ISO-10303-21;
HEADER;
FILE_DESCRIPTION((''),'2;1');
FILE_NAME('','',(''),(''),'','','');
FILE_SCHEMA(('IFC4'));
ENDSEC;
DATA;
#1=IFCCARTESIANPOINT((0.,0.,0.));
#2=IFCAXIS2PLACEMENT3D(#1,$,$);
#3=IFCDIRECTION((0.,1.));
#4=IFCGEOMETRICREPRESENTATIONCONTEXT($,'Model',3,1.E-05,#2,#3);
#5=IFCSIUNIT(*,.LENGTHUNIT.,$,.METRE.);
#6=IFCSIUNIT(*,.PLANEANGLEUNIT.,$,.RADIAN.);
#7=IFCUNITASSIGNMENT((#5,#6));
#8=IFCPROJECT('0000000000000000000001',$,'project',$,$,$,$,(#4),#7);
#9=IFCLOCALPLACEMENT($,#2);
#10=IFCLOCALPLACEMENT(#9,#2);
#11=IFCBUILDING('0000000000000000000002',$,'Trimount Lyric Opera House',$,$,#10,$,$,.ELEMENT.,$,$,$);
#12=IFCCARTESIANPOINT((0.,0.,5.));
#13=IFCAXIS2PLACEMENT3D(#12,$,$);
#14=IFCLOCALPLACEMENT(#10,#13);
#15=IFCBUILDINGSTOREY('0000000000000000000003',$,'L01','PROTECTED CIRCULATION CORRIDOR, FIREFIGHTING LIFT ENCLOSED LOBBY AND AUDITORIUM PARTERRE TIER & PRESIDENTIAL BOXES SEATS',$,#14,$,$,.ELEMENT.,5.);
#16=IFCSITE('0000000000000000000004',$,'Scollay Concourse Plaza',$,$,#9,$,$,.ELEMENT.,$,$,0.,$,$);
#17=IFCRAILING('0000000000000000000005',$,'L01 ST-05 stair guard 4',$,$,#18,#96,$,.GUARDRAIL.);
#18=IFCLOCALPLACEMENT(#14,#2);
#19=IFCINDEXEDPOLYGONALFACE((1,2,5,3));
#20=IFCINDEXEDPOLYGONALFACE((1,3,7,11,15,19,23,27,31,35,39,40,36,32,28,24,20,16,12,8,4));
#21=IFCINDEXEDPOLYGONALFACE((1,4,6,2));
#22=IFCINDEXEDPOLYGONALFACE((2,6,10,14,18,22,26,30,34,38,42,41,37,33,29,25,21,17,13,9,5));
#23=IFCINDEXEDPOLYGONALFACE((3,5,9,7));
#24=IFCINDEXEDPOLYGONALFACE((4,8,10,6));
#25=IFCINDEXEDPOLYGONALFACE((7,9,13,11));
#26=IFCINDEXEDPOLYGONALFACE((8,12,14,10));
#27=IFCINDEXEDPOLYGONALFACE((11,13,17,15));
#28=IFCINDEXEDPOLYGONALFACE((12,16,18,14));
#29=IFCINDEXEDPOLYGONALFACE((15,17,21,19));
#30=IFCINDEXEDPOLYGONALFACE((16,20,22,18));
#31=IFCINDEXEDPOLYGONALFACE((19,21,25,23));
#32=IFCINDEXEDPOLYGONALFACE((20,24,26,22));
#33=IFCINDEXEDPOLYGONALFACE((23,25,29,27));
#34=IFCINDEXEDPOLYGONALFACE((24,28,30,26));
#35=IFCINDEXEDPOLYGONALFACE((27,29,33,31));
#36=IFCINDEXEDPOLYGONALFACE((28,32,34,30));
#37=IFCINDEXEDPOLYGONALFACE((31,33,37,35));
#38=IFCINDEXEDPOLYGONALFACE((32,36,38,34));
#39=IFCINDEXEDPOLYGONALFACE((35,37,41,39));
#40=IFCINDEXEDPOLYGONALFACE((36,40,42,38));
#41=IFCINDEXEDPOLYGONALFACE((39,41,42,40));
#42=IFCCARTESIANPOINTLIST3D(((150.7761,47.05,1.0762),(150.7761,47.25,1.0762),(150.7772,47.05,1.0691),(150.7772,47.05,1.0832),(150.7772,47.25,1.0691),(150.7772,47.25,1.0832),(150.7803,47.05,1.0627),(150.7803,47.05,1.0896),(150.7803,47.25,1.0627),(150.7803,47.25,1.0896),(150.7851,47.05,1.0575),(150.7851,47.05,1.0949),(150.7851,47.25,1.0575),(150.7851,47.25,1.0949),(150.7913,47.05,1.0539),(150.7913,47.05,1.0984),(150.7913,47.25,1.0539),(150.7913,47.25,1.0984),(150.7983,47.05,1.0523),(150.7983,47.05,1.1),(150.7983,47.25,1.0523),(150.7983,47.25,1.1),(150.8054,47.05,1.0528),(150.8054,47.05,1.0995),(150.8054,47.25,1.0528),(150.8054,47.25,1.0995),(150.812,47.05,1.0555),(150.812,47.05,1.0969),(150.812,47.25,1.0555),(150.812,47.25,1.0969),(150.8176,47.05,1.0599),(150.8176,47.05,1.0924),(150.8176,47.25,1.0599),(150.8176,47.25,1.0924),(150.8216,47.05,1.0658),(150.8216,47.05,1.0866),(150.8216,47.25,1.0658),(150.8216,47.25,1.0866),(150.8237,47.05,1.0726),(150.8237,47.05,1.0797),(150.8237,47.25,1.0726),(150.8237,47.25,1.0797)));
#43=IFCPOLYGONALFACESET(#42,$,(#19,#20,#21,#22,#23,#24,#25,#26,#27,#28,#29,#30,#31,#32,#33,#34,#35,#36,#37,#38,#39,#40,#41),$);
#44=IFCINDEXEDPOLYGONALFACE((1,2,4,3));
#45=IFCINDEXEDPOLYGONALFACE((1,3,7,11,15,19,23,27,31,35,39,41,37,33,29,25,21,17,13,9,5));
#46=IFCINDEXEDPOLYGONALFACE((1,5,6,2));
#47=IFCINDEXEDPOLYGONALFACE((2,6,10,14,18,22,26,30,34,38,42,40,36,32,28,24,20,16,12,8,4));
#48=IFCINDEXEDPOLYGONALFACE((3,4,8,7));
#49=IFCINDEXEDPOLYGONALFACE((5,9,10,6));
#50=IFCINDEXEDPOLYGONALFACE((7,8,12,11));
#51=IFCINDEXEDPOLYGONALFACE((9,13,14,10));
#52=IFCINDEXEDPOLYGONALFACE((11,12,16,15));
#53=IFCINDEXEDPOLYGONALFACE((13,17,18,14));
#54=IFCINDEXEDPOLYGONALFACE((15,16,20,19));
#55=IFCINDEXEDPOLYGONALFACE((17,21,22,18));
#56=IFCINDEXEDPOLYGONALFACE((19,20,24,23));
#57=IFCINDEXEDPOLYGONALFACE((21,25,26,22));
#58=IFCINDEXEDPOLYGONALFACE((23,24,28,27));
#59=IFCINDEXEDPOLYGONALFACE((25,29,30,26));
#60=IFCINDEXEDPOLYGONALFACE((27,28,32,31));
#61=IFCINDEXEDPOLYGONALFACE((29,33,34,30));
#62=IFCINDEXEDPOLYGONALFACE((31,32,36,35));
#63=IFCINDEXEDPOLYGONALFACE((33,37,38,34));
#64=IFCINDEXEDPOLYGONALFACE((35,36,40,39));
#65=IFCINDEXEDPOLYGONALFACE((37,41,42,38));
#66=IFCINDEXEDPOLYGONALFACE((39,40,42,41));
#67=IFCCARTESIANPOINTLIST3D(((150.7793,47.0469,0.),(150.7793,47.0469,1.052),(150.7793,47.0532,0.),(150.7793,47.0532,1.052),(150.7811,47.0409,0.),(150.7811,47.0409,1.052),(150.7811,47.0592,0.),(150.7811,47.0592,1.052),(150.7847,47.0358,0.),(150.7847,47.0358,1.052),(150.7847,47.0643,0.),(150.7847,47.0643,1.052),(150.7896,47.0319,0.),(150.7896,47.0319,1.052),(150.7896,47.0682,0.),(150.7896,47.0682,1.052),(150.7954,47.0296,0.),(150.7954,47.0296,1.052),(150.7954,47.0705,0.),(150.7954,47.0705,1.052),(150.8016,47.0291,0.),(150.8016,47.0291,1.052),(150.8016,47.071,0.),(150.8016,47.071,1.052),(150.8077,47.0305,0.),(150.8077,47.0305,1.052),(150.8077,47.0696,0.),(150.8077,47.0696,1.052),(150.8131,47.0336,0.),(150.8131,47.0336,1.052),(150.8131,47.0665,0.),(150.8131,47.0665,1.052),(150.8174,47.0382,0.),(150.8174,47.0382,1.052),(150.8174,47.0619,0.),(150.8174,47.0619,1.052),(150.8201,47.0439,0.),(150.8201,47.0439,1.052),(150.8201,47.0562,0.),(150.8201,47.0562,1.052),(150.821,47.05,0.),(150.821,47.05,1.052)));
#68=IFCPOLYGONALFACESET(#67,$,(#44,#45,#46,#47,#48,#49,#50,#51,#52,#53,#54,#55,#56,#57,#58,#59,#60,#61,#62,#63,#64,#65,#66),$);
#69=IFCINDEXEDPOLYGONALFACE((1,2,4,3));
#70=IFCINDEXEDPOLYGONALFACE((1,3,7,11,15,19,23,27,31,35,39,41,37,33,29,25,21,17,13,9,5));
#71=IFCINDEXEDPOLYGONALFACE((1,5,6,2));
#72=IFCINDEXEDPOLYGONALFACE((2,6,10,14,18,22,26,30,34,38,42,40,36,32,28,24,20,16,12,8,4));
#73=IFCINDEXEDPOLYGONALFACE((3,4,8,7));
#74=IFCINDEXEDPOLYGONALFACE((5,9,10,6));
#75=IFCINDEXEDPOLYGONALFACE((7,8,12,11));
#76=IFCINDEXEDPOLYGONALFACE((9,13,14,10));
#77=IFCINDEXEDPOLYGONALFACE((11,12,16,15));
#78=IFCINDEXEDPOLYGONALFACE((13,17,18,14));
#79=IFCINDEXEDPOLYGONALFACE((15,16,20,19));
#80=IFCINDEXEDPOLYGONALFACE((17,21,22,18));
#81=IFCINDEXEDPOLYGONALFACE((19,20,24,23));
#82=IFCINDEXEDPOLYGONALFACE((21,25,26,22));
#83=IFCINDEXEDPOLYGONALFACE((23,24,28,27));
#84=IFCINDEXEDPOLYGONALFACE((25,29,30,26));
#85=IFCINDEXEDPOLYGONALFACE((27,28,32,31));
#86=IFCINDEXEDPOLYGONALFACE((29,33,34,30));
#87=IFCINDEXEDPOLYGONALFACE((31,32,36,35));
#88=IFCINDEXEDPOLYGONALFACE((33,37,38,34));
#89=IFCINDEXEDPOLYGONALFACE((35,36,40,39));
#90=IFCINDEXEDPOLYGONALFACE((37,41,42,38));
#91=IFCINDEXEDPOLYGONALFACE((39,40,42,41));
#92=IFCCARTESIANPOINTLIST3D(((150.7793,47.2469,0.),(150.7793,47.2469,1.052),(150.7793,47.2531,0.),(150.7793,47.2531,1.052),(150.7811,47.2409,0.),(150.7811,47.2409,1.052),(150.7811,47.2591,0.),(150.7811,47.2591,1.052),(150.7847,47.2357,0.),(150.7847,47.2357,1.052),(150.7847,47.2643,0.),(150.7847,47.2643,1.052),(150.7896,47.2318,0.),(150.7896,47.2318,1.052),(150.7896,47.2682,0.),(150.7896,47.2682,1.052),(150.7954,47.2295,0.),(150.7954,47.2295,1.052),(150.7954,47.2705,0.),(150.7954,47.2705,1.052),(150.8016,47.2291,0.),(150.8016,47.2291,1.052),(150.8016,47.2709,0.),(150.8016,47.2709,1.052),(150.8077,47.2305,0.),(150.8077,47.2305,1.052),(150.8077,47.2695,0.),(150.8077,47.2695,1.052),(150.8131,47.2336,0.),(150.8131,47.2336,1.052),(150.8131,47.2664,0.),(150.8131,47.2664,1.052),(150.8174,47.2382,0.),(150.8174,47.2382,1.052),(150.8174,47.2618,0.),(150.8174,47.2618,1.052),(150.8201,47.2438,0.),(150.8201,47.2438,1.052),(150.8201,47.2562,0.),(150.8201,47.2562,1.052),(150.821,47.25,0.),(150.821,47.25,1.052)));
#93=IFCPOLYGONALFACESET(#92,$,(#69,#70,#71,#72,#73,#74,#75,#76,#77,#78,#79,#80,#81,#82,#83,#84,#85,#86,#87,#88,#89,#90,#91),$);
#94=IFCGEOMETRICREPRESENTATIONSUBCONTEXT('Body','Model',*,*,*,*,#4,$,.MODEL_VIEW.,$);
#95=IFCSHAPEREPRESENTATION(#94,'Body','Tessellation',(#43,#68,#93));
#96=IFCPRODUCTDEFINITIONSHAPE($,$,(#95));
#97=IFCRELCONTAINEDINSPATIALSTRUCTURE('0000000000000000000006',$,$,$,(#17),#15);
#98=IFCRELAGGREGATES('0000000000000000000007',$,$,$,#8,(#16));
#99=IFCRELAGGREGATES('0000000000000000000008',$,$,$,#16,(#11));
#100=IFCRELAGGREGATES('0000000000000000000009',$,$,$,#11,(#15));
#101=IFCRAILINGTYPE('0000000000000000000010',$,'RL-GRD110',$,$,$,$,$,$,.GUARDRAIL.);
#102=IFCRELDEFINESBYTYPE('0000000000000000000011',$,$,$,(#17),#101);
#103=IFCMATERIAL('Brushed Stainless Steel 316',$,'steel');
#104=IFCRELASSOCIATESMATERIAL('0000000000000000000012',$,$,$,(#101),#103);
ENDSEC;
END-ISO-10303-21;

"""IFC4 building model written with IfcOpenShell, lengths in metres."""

from ifc_helpers import new_model, si_unit, direction, frame, origin, origin_2d, place, context, subcontext, project, spatial, circle, extrude, material, type_object, element, save


model = new_model("IFC4")

# Units and contexts
model_context = context("Model", 3, precision=1e-05, world=origin(), true_north=direction((0.0, 1.0)))
body_context = subcontext(model_context, "Body", "Model", "MODEL_VIEW")
ifc_project = project(units=[si_unit("LENGTHUNIT", "METRE"), si_unit("PLANEANGLEUNIT", "RADIAN")], contexts=[model_context])

# Site, building, storey
site_placement = place(None, origin())
site = spatial("IfcSite", under=ifc_project, at=site_placement, Name="Scollay Concourse Plaza", CompositionType="ELEMENT", RefElevation=0.0)
building_placement = place(site_placement, origin())
building = spatial("IfcBuilding", under=site, at=building_placement, Name="Trimount Lyric Opera House", CompositionType="ELEMENT")
storey_placement = place(building_placement, frame((0.0, 0.0, 5.0)))
storey = spatial("IfcBuildingStorey", under=building, at=storey_placement, Name="L01", Description="PROTECTED CIRCULATION CORRIDOR, FIREFIGHTING LIFT ENCLOSED LOBBY AND AUDITORIUM PARTERRE TIER & PRESIDENTIAL BOXES SEATS", CompositionType="ELEMENT", Elevation=5.0)

# Railing
ifc_material_1 = material(Name="Brushed Stainless Steel 316", Category="steel")
railing_type_1 = type_object("IfcRailingType", Name="RL-GRD110", PredefinedType="GUARDRAIL", material=ifc_material_1)
railing_1_placement = place(storey_placement, frame((150.8, 47.05, 0.0)))
element("IfcRailing", 1, at=railing_1_placement, inside=storey, type_object=railing_type_1, Name="L01 ST-05 stair guard 4", PredefinedType="GUARDRAIL", context=body_context, shape_type="SweptSolid", body=[
    extrude(circle(Radius=0.0239, at=origin_2d()), frame((0.0, 0.0, 1.0762), z_axis=(0.0, 1.0, 0.0), x_axis=(-1.0, 0.0, 0.0)), (0.0, 0.0, 1.0), 0.2),
    extrude(circle(Radius=0.021, at=origin_2d()), origin(), (0.0, 0.0, 1.0), 1.052),
    extrude(circle(Radius=0.021, at=origin_2d()), frame((0.0, 0.2, 0.0)), (0.0, 0.0, 1.0), 1.052),
])

save(model, "model.ifc")
